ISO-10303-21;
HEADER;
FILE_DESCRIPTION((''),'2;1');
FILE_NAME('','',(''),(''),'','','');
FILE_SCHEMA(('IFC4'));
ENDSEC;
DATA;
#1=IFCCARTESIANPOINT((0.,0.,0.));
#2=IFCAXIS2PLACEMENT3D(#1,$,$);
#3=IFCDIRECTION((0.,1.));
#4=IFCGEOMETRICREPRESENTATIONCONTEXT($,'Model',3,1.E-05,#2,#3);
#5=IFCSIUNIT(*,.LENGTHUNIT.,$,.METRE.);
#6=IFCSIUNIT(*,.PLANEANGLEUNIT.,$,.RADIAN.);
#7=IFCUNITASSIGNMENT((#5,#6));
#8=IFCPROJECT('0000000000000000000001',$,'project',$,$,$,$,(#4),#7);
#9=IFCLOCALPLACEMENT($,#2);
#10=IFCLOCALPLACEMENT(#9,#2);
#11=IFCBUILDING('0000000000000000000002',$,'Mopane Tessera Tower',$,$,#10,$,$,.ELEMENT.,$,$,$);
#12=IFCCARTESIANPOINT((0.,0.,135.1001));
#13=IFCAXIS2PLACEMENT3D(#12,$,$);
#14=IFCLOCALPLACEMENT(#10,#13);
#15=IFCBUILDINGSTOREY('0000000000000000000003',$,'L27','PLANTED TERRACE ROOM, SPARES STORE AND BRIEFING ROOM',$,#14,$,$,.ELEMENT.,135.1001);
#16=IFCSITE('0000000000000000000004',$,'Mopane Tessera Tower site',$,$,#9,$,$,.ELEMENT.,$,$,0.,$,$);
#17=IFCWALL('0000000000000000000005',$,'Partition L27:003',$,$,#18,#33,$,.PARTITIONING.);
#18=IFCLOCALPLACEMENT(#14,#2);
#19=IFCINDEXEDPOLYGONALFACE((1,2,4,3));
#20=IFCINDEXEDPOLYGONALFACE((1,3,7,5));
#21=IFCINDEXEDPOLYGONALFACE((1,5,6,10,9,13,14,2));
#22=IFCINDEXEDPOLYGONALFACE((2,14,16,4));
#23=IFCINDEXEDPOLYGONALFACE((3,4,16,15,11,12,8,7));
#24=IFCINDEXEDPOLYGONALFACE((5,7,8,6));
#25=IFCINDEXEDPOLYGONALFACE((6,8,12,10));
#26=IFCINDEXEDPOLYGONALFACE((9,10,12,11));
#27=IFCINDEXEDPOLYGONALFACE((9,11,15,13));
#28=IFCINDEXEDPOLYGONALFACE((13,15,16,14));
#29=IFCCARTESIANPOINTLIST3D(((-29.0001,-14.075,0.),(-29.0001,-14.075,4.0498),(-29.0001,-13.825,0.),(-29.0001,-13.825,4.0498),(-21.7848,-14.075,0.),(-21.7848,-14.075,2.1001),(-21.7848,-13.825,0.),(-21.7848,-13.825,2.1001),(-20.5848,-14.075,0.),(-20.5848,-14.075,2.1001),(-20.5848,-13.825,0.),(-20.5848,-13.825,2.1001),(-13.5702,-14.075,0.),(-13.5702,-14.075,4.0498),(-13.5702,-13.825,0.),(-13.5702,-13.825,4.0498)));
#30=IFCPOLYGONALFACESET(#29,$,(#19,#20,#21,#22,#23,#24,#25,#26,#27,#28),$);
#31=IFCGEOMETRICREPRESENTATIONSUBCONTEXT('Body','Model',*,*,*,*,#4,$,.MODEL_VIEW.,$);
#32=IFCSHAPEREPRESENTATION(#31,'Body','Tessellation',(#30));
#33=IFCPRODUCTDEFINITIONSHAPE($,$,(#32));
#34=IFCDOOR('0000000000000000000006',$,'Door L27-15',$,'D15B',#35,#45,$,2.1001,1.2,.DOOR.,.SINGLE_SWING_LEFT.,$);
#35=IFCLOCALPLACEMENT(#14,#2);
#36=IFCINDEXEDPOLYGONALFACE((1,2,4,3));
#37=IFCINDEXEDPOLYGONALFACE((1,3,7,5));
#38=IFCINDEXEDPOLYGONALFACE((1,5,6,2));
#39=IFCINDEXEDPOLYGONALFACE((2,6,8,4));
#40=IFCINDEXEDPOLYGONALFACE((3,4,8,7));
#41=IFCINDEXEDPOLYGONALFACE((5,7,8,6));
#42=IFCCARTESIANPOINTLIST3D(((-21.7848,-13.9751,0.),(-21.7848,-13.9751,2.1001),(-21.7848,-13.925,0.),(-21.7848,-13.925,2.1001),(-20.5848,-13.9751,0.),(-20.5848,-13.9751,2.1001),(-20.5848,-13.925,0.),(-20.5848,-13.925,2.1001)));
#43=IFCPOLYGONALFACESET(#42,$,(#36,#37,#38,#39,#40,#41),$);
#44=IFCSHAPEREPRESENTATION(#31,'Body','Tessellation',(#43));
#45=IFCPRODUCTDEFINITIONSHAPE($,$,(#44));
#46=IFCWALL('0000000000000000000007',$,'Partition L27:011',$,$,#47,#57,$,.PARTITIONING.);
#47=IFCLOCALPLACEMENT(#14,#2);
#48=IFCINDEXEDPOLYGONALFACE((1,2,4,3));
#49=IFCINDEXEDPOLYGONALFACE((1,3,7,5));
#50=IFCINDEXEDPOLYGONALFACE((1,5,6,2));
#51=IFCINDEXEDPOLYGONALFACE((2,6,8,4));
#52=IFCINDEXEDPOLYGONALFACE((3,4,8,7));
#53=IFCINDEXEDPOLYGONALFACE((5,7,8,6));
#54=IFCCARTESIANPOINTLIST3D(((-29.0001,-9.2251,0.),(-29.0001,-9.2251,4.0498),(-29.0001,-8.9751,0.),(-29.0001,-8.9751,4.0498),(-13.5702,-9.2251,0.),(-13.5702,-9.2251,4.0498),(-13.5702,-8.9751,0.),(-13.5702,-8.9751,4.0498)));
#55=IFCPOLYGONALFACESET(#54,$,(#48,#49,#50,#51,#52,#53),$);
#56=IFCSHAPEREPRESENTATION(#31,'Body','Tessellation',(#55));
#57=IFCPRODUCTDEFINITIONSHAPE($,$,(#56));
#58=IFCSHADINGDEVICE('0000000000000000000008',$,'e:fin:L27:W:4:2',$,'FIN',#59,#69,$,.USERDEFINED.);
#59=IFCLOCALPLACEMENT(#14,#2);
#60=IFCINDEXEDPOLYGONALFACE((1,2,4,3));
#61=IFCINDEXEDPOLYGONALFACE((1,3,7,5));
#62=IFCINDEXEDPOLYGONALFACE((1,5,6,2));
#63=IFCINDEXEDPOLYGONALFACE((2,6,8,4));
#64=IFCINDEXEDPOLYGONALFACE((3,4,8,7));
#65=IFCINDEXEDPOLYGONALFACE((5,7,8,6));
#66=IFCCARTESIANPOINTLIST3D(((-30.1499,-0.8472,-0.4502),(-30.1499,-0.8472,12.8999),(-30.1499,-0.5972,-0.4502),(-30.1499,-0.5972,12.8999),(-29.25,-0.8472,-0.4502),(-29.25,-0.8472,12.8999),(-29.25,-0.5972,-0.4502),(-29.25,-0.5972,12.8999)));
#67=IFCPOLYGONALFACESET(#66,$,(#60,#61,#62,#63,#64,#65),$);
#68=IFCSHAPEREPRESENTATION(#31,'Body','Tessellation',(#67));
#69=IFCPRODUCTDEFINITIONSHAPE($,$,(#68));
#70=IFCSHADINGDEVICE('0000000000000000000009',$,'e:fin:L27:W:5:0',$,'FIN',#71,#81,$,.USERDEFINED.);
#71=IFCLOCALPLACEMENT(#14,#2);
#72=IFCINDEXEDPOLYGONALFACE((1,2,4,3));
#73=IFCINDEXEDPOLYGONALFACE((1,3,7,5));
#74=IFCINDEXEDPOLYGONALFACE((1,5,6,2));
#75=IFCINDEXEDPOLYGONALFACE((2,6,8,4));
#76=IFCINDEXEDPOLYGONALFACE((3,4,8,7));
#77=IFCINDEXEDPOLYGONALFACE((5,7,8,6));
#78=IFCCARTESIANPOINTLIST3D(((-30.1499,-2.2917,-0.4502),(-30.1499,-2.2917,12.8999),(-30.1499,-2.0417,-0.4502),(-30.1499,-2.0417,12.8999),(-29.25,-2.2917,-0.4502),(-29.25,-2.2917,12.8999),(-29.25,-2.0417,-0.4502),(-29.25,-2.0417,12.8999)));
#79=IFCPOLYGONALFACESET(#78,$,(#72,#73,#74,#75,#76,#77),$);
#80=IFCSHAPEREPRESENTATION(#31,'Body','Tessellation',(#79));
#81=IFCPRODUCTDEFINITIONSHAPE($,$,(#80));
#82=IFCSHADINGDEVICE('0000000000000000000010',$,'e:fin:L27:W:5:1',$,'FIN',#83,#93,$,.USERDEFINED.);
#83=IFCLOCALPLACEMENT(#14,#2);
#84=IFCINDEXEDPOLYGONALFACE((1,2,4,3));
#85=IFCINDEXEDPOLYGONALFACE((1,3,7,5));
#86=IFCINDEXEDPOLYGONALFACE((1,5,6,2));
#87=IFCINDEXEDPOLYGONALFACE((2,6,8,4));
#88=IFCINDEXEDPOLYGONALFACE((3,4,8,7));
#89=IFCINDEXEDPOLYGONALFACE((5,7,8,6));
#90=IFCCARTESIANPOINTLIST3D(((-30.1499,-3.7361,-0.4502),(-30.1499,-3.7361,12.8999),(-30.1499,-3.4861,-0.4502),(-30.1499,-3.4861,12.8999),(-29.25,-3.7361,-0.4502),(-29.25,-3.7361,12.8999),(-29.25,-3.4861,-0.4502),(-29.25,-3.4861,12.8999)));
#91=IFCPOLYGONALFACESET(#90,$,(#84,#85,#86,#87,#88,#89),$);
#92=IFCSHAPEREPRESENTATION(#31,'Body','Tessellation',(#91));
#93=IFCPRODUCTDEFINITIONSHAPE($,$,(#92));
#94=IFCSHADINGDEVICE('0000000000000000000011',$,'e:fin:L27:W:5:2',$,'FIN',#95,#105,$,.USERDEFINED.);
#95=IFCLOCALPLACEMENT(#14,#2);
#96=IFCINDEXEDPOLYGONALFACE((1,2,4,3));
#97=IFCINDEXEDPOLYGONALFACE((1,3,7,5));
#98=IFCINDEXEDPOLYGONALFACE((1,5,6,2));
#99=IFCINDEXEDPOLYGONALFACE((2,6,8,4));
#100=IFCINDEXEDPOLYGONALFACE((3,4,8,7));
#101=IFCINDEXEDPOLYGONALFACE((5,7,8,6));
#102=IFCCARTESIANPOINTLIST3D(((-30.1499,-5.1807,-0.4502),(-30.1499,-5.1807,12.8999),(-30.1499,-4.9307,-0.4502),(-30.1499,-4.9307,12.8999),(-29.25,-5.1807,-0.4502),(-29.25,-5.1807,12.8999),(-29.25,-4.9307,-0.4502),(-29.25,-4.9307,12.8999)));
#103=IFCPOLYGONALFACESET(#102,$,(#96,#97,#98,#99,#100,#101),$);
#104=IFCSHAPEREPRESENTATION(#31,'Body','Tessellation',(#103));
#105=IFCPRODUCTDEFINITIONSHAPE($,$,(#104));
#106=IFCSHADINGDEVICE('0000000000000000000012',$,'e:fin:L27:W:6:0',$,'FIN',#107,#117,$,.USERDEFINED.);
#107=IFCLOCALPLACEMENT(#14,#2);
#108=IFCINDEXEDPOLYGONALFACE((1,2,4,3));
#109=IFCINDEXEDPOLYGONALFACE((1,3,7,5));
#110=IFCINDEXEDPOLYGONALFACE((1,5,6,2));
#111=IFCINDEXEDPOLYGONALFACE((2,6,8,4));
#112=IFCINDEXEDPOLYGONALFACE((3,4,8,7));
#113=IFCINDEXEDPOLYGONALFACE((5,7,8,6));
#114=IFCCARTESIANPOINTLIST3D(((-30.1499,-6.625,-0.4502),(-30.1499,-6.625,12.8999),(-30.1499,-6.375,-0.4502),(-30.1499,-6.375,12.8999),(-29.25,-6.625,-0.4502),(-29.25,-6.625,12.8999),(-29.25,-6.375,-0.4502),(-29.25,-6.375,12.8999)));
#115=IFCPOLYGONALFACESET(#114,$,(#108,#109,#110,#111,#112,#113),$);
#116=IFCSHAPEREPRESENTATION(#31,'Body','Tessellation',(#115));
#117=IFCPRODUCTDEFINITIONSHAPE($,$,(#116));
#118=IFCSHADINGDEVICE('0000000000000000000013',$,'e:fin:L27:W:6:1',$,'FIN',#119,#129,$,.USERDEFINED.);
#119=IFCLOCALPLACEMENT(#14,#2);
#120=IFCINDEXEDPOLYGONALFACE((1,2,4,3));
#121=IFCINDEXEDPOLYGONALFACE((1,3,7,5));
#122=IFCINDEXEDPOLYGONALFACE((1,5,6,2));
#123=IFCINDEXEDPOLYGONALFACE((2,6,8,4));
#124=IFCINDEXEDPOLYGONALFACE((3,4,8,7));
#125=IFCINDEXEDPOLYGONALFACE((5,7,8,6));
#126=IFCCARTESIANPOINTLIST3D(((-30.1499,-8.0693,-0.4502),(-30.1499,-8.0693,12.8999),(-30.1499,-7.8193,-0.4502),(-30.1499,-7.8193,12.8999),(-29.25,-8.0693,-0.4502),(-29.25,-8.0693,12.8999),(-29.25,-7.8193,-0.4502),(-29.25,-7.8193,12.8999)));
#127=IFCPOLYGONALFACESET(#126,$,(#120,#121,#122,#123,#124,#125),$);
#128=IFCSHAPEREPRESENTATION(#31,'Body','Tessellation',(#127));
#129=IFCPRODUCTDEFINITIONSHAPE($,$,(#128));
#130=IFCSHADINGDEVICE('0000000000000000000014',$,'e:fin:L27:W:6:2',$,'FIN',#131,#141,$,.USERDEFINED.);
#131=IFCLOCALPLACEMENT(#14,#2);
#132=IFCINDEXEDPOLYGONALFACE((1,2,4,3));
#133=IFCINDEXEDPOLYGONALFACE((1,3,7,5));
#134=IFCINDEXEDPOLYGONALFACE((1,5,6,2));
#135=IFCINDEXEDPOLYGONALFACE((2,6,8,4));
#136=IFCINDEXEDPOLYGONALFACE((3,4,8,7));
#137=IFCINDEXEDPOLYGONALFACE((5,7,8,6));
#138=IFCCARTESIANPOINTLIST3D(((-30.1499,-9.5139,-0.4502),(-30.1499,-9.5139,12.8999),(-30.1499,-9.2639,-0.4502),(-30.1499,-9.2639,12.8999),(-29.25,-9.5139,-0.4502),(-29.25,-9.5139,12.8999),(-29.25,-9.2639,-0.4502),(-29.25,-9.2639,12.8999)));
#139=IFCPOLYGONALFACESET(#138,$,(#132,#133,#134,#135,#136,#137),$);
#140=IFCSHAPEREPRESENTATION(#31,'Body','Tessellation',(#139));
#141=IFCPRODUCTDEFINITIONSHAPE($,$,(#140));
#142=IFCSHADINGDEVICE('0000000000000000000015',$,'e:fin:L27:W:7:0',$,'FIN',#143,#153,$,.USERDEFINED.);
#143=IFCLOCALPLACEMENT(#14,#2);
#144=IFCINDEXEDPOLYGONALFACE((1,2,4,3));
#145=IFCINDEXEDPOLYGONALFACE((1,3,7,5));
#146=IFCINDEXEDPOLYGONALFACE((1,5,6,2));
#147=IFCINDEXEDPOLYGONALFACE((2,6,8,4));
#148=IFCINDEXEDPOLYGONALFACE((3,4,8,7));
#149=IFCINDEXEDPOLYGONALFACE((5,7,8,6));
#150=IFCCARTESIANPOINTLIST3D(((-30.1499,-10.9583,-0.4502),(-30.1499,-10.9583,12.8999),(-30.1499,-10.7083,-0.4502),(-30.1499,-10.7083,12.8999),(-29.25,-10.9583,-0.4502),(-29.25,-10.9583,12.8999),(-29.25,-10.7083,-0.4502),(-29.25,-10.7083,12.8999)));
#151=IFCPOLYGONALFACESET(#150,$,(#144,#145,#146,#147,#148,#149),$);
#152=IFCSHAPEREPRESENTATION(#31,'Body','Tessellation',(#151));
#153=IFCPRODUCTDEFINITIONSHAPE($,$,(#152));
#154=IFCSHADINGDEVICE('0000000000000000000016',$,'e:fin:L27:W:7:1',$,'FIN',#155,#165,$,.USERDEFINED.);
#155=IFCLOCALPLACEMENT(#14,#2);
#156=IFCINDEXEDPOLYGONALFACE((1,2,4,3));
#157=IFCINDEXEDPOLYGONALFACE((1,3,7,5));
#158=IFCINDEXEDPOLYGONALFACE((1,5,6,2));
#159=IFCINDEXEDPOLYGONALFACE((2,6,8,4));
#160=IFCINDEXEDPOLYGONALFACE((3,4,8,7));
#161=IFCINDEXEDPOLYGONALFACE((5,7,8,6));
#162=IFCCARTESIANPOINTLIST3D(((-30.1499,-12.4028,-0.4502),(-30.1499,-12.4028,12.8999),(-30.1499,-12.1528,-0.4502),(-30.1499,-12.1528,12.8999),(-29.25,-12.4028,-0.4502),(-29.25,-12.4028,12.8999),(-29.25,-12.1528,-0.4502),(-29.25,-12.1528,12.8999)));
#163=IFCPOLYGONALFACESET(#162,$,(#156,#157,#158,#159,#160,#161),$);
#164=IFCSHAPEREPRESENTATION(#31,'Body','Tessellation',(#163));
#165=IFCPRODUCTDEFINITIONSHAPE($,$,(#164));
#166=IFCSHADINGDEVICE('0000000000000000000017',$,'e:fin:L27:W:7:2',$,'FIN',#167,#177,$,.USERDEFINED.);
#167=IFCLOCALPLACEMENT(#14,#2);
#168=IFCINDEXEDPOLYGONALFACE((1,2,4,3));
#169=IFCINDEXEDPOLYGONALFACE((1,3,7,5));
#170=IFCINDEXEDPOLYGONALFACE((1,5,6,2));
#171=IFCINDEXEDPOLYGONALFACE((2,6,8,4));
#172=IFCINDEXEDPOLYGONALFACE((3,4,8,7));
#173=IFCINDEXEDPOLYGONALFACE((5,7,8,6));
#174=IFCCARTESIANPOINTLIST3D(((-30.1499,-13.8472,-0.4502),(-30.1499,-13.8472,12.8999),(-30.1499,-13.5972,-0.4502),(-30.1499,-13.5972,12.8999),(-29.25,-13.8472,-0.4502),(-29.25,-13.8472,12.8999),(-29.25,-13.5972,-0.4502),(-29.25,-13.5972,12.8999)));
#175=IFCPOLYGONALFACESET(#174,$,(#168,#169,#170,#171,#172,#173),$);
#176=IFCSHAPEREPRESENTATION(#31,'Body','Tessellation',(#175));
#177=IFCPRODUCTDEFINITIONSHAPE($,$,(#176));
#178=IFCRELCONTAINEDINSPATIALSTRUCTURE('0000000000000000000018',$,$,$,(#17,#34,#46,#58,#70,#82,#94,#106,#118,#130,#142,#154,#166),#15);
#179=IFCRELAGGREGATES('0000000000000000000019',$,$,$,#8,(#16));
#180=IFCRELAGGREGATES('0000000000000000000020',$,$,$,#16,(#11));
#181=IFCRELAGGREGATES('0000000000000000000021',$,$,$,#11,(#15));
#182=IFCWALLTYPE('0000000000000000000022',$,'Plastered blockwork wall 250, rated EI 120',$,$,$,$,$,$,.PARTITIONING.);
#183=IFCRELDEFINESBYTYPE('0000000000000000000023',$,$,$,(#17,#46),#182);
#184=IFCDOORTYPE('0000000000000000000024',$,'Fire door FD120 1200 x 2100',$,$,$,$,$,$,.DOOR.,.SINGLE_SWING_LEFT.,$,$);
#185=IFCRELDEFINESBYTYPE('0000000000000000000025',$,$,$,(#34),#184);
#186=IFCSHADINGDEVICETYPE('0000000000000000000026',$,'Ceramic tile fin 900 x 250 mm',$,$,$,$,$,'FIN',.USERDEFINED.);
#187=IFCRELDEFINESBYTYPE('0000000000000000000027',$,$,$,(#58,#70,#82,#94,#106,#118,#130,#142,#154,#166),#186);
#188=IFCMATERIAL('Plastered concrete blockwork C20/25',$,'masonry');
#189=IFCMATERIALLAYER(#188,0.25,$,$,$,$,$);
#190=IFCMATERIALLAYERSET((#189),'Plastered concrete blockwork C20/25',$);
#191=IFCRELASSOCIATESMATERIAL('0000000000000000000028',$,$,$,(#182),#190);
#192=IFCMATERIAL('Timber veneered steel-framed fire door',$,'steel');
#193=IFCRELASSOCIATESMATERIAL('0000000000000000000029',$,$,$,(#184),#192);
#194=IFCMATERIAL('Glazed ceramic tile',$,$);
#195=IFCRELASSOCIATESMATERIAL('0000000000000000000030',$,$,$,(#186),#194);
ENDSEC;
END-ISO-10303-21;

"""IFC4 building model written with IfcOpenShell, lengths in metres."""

from ifc_helpers import new_model, si_unit, direction, frame, frame_2d, origin, origin_2d, place, context, subcontext, project, spatial, rectangle, extrude, material, layer, layer_set, type_object, element, fill, save


model = new_model("IFC4")

# Units and contexts
model_context = context("Model", 3, precision=1e-05, world=origin(), true_north=direction((0.0, 1.0)))
body_context = subcontext(model_context, "Body", "Model", "MODEL_VIEW")
ifc_project = project(units=[si_unit("LENGTHUNIT", "METRE"), si_unit("PLANEANGLEUNIT", "RADIAN")], contexts=[model_context])

# Site, building, storey
site_placement = place(None, origin())
site = spatial("IfcSite", under=ifc_project, at=site_placement, Name="Mopane Tessera Tower site", CompositionType="ELEMENT", RefElevation=0.0)
building_placement = place(site_placement, origin())
building = spatial("IfcBuilding", under=site, at=building_placement, Name="Mopane Tessera Tower", CompositionType="ELEMENT")
storey_placement = place(building_placement, frame((0.0, 0.0, 135.1001)))
storey = spatial("IfcBuildingStorey", under=building, at=storey_placement, Name="L27", Description="PLANTED TERRACE ROOM, SPARES STORE AND BRIEFING ROOM", CompositionType="ELEMENT", Elevation=135.1001)

# Wall, opening, door
ifc_material_1 = material(Name="Plastered concrete blockwork C20/25", Category="masonry")
ifc_layer_1 = layer(ifc_material_1, 0.25)
ifc_layer_set_1 = layer_set([ifc_layer_1], Name="Plastered concrete blockwork C20/25")
wall_type = type_object("IfcWallType", Name="Plastered blockwork wall 250, rated EI 120", PredefinedType="PARTITIONING", material=ifc_layer_set_1)
wall_1_placement = place(storey_placement, frame((-29.0, -13.95, 0.0), z_axis=(0.0, 0.0, 1.0), x_axis=(1.0, 0.0, 0.0)))
wall_1 = element("IfcWall", 1, at=wall_1_placement, inside=storey, type_object=wall_type, Name="Partition L27:003", PredefinedType="PARTITIONING", context=body_context, shape_type="SweptSolid", body=[
    extrude(rectangle(XDim=15.4299, YDim=0.25, at=frame_2d((7.7148, 0.0))), origin(), (0.0, 0.0, 1.0), 4.0498),
])
opening_placement = place(wall_1_placement, frame((7.2151, 0.0, 0.0)))
opening = element("IfcOpeningElement", 2, at=opening_placement, cuts=wall_1, PredefinedType="OPENING", context=body_context, shape_type="SweptSolid", body=[
    extrude(rectangle(XDim=1.2, YDim=2.1001, at=frame_2d((0.6001, 1.05))), frame((0.0, 0.137, 0.0), z_axis=(0.0, -1.0, 0.0), x_axis=(1.0, 0.0, 0.0)), (0.0, 0.0, 1.0), 0.2739),
])
ifc_material_2 = material(Name="Timber veneered steel-framed fire door", Category="steel")
door_type = type_object("IfcDoorType", Name="Fire door FD120 1200 x 2100", OperationType="SINGLE_SWING_LEFT", PredefinedType="DOOR", material=ifc_material_2)
door_placement = place(opening_placement, origin())
door = element("IfcDoor", 3, at=door_placement, inside=storey, type_object=door_type, Name="Door L27-15", ObjectType="D15B", OperationType="SINGLE_SWING_LEFT", OverallHeight=2.1001, OverallWidth=1.2, PredefinedType="DOOR", context=body_context, shape_type="SweptSolid", body=[
    extrude(rectangle(XDim=1.2, YDim=2.1001, at=frame_2d((0.6001, 1.05))), frame((0.0, 0.0249, 0.0), z_axis=(0.0, -1.0, 0.0), x_axis=(1.0, 0.0, 0.0)), (0.0, 0.0, 1.0), 0.05),
])
fill(opening, door)

# Wall
wall_2_placement = place(storey_placement, frame((-29.0, -9.1001, 0.0), z_axis=(0.0, 0.0, 1.0), x_axis=(1.0, 0.0, 0.0)))
element("IfcWall", 4, at=wall_2_placement, inside=storey, type_object=wall_type, Name="Partition L27:011", PredefinedType="PARTITIONING", context=body_context, shape_type="SweptSolid", body=[
    extrude(rectangle(XDim=15.4299, YDim=0.25, at=frame_2d((7.7148, 0.0))), origin(), (0.0, 0.0, 1.0), 4.0498),
])

# Shading devices
ifc_material_3 = material(Name="Glazed ceramic tile")
shading_device_type = type_object("IfcShadingDeviceType", Name="Ceramic tile fin 900 x 250 mm", ElementType="FIN", PredefinedType="USERDEFINED", material=ifc_material_3)
for number, where, z_axis, x_axis, name in (
    (5, (-29.7, -0.7222, -0.4502), (0.0, 0.0, 1.0), (0.0, -1.0, 0.0), "e:fin:L27:W:4:2"),
    (6, (-29.7, -2.1667, -0.4502), (0.0, 0.0, 1.0), (0.0, -1.0, 0.0), "e:fin:L27:W:5:0"),
    (7, (-29.7, -3.6111, -0.4502), (0.0, 0.0, 1.0), (0.0, -1.0, 0.0), "e:fin:L27:W:5:1"),
    (8, (-29.7, -5.0557, -0.4502), (0.0, 0.0, 1.0), (0.0, -1.0, 0.0), "e:fin:L27:W:5:2"),
    (9, (-29.7, -6.5, -0.4502), (0.0, 0.0, 1.0), (0.0, -1.0, 0.0), "e:fin:L27:W:6:0"),
    (10, (-29.7, -7.9443, -0.4502), (0.0, 0.0, 1.0), (0.0, -1.0, 0.0), "e:fin:L27:W:6:1"),
    (11, (-29.7, -9.3889, -0.4502), (0.0, 0.0, 1.0), (0.0, -1.0, 0.0), "e:fin:L27:W:6:2"),
    (12, (-29.7, -10.8333, -0.4502), (0.0, 0.0, 1.0), (0.0, -1.0, 0.0), "e:fin:L27:W:7:0"),
    (13, (-29.7, -12.2778, -0.4502), (0.0, 0.0, 1.0), (0.0, -1.0, 0.0), "e:fin:L27:W:7:1"),
    (14, (-29.7, -13.7222, -0.4502), (0.0, 0.0, 1.0), (0.0, -1.0, 0.0), "e:fin:L27:W:7:2"),
):
    element("IfcShadingDevice", number, at=place(storey_placement, frame(where, z_axis=z_axis, x_axis=x_axis)), inside=storey, type_object=shading_device_type, Name=name, ObjectType="FIN", PredefinedType="USERDEFINED", context=body_context, shape_type="SweptSolid", body=[
        extrude(rectangle(XDim=0.25, YDim=0.8999, at=origin_2d()), origin(), (0.0, 0.0, 1.0), 13.3501),
    ])

save(model, "model.ifc")
